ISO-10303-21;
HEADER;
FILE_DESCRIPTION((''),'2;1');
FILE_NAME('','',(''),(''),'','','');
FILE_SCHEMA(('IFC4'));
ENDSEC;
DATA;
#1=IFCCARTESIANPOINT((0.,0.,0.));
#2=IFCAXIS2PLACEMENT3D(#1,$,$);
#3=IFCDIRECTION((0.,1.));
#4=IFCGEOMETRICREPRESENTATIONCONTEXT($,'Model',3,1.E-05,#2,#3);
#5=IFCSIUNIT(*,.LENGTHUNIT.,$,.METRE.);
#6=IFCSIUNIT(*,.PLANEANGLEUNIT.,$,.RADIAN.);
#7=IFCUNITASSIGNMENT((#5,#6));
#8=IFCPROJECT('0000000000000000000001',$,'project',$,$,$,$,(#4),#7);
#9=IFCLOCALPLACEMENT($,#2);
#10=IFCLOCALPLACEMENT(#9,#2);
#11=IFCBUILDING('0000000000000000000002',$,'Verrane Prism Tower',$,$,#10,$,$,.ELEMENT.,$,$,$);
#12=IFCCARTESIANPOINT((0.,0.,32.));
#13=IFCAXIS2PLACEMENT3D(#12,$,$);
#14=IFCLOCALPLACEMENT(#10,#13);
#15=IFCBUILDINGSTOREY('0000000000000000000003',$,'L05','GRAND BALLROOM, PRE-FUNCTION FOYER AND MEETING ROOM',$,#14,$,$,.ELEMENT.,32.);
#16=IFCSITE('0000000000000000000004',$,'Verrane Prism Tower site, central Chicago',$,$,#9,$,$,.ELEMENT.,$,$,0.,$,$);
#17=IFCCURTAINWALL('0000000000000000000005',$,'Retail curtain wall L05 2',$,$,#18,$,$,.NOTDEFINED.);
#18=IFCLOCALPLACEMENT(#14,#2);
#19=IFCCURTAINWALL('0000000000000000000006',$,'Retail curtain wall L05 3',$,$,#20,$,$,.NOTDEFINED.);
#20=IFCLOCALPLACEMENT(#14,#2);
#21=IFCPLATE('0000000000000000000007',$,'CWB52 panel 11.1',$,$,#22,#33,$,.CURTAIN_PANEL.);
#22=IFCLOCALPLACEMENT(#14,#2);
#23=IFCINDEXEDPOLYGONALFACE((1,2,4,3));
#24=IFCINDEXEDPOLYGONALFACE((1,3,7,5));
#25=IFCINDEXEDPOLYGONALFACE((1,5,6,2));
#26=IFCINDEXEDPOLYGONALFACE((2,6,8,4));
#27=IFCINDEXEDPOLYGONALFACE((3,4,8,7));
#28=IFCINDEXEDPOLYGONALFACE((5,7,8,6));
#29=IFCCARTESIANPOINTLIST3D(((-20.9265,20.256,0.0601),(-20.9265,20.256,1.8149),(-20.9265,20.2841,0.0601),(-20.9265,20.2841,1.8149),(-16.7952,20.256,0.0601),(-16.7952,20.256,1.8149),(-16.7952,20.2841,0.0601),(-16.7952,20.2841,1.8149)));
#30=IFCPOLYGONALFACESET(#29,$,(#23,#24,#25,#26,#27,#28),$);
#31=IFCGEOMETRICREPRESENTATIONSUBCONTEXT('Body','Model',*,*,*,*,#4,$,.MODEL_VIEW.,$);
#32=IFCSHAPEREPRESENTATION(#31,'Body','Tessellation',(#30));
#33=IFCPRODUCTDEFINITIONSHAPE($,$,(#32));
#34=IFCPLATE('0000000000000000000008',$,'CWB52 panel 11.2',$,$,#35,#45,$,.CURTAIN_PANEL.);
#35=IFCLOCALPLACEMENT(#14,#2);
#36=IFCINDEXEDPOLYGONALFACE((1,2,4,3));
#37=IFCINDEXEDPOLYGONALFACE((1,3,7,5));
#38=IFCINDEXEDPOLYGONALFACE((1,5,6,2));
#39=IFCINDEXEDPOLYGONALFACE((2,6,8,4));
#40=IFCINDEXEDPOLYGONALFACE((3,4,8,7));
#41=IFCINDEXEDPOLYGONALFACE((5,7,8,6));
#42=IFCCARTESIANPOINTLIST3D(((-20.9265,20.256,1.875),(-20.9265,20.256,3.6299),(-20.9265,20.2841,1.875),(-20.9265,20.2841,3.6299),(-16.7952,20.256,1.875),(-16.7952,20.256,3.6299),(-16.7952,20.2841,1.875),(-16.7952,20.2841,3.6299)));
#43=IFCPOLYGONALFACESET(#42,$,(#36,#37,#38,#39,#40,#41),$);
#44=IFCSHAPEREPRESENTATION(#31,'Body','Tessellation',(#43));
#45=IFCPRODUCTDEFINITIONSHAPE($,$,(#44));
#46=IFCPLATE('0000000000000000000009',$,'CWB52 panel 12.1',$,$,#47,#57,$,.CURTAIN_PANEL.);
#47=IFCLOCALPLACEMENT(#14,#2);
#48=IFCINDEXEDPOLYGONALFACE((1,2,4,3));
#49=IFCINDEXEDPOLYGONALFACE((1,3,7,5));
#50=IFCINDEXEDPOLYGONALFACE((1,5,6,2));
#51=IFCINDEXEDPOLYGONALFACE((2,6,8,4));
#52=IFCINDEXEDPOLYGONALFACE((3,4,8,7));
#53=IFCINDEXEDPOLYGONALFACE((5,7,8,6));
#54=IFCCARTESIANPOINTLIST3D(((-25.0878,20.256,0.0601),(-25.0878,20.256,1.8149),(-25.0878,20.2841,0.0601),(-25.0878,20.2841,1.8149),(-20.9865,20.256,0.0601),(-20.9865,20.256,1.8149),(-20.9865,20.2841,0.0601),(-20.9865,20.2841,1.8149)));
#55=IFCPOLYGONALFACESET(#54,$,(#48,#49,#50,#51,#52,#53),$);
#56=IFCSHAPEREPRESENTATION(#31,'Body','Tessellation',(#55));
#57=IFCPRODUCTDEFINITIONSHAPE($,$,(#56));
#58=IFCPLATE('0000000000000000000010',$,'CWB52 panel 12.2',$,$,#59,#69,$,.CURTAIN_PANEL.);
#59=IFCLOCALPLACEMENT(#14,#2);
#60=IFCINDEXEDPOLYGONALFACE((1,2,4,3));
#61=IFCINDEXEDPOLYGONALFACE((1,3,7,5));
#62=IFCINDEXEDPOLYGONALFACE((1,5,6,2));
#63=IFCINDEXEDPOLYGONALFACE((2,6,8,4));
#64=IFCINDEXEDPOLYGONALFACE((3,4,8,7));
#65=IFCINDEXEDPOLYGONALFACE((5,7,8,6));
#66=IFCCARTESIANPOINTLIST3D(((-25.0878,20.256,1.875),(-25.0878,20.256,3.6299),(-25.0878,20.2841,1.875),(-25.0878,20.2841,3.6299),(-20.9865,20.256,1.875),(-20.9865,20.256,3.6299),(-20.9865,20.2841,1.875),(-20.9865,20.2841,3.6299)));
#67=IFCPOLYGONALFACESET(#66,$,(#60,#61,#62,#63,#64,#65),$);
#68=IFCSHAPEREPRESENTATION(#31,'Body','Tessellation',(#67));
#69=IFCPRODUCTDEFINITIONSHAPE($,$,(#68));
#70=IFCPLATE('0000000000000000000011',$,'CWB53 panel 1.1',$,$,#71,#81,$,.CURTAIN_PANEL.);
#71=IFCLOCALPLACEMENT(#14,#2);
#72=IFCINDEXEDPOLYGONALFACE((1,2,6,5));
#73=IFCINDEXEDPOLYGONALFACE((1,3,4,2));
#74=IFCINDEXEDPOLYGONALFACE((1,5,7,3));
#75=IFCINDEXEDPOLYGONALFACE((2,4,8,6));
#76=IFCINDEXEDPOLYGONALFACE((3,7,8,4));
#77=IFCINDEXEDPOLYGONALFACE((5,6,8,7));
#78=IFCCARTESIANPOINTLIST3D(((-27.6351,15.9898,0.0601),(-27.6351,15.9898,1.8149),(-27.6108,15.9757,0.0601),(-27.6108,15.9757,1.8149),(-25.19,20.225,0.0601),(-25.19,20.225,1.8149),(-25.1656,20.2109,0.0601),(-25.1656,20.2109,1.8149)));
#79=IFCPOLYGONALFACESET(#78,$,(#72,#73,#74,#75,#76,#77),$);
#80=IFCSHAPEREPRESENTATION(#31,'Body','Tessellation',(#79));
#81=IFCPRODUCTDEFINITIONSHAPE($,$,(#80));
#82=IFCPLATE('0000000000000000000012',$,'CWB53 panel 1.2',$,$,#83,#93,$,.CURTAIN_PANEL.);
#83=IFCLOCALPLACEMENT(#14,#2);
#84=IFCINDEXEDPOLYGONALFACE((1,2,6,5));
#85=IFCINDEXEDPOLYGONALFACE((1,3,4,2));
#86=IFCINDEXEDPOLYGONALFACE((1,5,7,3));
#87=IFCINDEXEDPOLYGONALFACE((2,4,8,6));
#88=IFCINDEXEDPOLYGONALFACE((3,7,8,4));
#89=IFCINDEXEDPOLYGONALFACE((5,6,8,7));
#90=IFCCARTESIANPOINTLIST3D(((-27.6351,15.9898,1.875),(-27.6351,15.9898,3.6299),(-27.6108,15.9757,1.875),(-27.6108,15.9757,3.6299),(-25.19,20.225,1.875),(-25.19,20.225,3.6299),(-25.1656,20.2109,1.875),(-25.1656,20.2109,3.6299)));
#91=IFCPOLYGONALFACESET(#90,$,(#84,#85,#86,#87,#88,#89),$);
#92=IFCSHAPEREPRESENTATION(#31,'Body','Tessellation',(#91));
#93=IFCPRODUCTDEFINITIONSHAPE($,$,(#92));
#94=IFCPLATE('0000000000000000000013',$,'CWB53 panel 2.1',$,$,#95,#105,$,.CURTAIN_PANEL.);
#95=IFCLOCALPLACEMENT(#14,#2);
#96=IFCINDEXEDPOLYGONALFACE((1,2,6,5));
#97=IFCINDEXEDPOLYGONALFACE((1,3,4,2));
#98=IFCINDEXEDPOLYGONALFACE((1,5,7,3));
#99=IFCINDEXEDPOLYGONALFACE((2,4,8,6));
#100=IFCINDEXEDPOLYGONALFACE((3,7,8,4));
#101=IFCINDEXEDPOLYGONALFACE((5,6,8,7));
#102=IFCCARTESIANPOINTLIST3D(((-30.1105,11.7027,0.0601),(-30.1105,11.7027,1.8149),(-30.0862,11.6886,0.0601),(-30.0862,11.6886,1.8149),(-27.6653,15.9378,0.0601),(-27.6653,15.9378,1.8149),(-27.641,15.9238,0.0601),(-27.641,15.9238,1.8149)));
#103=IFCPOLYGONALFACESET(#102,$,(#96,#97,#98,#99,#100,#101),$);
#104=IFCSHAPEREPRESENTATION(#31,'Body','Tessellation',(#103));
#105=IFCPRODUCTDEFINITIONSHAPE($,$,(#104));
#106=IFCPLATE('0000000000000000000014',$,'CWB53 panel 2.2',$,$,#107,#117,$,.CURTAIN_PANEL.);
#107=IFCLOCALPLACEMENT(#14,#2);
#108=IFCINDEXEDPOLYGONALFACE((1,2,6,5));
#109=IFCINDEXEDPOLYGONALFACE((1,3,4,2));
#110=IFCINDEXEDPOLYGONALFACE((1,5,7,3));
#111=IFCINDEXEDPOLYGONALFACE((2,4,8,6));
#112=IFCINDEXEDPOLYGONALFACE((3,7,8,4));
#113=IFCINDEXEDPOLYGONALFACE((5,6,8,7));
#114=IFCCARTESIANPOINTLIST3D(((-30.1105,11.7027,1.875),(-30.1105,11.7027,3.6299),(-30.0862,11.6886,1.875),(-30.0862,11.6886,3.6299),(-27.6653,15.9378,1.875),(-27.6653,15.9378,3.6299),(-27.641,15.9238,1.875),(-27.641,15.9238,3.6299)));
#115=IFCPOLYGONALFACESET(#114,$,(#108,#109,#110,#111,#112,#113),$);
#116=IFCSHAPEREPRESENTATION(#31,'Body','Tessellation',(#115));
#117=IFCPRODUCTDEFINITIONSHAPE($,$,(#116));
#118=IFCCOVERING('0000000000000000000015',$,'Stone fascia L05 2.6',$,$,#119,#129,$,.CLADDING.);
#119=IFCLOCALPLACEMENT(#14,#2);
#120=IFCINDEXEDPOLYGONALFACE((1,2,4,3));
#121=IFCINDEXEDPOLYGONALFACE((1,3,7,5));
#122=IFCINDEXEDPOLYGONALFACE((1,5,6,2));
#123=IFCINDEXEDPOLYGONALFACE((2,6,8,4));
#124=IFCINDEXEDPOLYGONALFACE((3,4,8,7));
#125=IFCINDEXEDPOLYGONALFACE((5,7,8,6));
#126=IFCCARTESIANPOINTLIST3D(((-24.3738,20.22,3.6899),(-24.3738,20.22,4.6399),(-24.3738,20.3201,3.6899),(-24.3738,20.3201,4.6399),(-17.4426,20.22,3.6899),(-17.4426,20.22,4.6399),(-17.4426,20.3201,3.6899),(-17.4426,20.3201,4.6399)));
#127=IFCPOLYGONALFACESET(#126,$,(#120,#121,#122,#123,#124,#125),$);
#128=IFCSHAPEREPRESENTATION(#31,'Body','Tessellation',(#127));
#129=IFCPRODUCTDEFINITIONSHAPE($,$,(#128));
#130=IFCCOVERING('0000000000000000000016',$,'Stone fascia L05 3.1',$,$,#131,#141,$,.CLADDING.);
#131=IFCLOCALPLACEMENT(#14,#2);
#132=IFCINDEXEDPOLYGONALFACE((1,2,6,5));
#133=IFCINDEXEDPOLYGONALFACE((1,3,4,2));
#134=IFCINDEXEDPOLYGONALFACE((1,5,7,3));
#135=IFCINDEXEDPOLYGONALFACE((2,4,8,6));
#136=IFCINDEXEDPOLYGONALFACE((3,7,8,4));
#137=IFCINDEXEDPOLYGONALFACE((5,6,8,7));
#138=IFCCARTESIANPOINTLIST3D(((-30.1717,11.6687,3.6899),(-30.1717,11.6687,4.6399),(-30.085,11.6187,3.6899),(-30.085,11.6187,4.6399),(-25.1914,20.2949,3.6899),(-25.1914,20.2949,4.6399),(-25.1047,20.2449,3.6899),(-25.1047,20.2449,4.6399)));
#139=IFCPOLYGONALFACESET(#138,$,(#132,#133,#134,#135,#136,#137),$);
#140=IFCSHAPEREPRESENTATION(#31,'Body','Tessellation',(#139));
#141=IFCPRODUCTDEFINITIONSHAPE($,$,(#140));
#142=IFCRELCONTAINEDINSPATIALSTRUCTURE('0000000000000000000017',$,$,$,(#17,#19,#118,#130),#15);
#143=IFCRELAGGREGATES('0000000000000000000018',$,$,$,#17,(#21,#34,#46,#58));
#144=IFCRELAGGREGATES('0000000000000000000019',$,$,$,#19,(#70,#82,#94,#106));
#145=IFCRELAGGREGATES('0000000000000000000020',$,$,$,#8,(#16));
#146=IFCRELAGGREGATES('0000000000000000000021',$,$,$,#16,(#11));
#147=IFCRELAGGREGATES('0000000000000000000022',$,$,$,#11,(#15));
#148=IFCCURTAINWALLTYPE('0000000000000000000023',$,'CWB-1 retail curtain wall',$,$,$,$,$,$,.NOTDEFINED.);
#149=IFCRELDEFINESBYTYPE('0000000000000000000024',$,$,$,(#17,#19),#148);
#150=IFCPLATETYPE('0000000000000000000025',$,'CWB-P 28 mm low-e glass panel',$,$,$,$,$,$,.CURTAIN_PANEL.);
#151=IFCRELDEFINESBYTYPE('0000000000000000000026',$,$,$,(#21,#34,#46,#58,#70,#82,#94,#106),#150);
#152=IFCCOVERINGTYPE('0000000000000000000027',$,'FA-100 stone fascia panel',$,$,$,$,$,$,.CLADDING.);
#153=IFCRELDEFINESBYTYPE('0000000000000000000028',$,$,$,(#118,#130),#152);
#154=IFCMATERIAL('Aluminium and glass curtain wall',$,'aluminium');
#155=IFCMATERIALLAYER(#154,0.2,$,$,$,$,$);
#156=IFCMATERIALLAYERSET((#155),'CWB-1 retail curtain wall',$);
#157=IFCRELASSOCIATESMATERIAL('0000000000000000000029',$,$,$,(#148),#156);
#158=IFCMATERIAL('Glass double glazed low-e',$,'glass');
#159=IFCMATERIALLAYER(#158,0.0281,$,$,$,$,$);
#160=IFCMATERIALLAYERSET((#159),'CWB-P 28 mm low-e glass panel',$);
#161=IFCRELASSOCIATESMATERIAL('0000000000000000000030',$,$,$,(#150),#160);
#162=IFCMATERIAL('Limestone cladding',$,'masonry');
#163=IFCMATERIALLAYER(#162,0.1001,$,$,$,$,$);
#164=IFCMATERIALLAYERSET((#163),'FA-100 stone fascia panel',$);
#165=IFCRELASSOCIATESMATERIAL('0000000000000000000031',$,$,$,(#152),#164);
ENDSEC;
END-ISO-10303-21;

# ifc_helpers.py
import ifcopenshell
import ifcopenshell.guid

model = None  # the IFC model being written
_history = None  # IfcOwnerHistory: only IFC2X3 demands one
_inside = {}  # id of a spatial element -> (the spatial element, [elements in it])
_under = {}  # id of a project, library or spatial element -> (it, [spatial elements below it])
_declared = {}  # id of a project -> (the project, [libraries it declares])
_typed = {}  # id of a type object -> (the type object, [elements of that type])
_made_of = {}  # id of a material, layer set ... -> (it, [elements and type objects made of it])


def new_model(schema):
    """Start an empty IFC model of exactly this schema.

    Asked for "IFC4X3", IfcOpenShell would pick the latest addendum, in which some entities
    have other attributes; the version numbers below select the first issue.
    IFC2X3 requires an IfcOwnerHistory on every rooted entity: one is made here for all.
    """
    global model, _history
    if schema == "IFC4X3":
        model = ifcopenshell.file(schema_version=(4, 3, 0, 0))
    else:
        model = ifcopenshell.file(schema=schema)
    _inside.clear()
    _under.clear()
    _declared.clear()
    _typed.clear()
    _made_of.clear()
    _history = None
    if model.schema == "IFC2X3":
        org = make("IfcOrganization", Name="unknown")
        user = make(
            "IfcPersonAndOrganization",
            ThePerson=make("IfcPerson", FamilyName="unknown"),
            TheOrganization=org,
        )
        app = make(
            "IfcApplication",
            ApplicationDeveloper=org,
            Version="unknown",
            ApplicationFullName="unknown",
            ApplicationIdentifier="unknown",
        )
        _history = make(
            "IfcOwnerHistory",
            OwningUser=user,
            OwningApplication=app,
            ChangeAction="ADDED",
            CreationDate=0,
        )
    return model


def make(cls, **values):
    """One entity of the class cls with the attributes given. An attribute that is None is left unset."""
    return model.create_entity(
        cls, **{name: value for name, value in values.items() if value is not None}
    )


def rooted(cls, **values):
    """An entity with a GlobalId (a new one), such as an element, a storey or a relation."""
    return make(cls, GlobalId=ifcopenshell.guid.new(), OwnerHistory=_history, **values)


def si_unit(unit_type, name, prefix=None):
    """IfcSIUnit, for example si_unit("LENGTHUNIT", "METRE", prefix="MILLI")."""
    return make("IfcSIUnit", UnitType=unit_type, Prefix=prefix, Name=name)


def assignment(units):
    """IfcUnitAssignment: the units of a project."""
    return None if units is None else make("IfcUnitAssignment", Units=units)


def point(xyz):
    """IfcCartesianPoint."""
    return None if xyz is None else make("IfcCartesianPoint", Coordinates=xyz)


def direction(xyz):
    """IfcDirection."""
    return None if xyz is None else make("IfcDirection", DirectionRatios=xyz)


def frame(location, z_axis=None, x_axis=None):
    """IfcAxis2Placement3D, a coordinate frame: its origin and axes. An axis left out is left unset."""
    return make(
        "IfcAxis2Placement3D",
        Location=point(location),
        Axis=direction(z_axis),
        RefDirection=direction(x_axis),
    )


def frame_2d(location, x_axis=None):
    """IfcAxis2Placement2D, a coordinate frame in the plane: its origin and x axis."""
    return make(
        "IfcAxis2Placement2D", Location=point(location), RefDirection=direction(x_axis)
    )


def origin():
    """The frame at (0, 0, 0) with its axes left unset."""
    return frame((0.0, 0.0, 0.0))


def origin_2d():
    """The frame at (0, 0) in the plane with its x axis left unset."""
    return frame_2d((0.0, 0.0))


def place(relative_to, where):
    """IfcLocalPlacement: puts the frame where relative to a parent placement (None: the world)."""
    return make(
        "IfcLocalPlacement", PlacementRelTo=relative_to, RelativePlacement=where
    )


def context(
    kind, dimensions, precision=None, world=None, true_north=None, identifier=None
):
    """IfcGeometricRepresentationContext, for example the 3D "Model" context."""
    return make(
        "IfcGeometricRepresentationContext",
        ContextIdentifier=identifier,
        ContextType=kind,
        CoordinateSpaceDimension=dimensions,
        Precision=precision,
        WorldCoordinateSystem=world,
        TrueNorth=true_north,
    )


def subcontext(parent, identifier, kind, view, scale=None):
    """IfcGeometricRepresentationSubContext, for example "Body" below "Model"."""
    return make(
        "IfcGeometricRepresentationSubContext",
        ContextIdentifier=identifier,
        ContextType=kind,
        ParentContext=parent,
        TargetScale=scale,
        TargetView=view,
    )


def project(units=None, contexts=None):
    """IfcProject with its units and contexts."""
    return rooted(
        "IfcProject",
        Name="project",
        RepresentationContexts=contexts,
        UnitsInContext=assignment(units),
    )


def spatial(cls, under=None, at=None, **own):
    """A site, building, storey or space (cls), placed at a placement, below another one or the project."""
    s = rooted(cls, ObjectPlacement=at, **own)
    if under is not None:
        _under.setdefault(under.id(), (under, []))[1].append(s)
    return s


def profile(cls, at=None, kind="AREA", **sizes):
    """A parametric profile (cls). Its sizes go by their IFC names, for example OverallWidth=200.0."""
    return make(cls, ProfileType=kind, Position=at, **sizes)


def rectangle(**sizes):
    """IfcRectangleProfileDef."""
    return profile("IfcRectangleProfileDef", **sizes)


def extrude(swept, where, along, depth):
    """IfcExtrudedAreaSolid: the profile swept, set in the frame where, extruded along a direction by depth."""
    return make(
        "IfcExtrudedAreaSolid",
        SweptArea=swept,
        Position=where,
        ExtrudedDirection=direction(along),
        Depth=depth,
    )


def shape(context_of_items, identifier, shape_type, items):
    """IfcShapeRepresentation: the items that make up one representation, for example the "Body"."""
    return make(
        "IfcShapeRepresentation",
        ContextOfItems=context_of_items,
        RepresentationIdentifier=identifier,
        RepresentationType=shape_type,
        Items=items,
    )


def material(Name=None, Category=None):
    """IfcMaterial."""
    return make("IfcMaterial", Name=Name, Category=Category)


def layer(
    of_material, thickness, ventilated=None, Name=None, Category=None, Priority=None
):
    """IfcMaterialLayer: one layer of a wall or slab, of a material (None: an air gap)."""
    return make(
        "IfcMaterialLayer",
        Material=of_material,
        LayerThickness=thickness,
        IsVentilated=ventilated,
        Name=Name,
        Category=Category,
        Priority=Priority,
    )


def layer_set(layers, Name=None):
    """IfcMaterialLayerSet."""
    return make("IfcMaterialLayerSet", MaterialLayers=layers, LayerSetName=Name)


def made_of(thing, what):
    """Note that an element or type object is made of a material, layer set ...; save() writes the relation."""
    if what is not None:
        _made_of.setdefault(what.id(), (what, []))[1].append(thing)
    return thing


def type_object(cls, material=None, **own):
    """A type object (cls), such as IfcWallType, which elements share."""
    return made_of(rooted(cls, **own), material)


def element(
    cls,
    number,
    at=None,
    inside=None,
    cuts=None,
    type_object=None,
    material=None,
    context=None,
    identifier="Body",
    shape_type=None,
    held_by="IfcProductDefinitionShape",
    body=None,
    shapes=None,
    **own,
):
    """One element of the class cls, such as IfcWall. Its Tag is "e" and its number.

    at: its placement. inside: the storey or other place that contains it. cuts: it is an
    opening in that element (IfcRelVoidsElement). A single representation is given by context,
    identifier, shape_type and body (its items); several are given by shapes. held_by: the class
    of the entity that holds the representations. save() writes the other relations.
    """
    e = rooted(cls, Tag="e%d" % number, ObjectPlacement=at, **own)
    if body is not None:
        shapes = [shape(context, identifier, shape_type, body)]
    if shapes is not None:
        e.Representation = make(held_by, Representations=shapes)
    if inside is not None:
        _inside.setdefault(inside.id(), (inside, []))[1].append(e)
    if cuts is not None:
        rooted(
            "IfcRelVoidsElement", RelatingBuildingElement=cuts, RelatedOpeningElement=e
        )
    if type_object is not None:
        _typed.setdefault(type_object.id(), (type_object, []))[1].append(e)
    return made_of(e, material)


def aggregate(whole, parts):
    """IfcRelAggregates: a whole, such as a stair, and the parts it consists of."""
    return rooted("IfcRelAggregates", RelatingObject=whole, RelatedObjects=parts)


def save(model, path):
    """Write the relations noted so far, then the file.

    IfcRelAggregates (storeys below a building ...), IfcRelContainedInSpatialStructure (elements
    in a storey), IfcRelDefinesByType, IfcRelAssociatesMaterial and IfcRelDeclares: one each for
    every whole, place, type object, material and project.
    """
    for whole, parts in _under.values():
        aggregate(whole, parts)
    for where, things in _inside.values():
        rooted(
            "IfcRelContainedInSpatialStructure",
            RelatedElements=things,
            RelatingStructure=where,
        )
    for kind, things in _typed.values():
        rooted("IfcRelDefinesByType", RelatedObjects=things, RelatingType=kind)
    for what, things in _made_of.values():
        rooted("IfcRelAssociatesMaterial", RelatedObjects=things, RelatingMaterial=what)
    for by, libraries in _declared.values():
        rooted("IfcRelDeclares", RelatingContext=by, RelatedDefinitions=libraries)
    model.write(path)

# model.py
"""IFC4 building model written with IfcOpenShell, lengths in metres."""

from ifc_helpers import new_model, si_unit, direction, frame, origin, origin_2d, place, context, subcontext, project, spatial, rectangle, extrude, material, layer, layer_set, type_object, element, aggregate, save


model = new_model("IFC4")

# Units and contexts
model_context = context("Model", 3, precision=1e-05, world=origin(), true_north=direction((0.0, 1.0)))
body_context = subcontext(model_context, "Body", "Model", "MODEL_VIEW")
ifc_project = project(units=[si_unit("LENGTHUNIT", "METRE"), si_unit("PLANEANGLEUNIT", "RADIAN")], contexts=[model_context])

# Site, building, storey
site_placement = place(None, origin())
site = spatial("IfcSite", under=ifc_project, at=site_placement, Name="Verrane Prism Tower site, central Chicago", CompositionType="ELEMENT", RefElevation=0.0)
building_placement = place(site_placement, origin())
building = spatial("IfcBuilding", under=site, at=building_placement, Name="Verrane Prism Tower", CompositionType="ELEMENT")
storey_placement = place(building_placement, frame((0.0, 0.0, 32.0)))
storey = spatial("IfcBuildingStorey", under=building, at=storey_placement, Name="L05", Description="GRAND BALLROOM, PRE-FUNCTION FOYER AND MEETING ROOM", CompositionType="ELEMENT", Elevation=32.0)

# Curtain walls
ifc_material_1 = material(Name="Aluminium and glass curtain wall", Category="aluminium")
ifc_layer_1 = layer(ifc_material_1, 0.2)
ifc_layer_set_1 = layer_set([ifc_layer_1], Name="CWB-1 retail curtain wall")
curtain_wall_type = type_object("IfcCurtainWallType", Name="CWB-1 retail curtain wall", PredefinedType="NOTDEFINED", material=ifc_layer_set_1)
curtain_wall_1_placement = place(storey_placement, origin())
curtain_wall_1 = element("IfcCurtainWall", 1, at=curtain_wall_1_placement, inside=storey, type_object=curtain_wall_type, Name="Retail curtain wall L05 2", PredefinedType="NOTDEFINED")
curtain_wall_2_placement = place(storey_placement, origin())
curtain_wall_2 = element("IfcCurtainWall", 2, at=curtain_wall_2_placement, inside=storey, type_object=curtain_wall_type, Name="Retail curtain wall L05 3", PredefinedType="NOTDEFINED")

# Plates
ifc_material_2 = material(Name="Glass double glazed low-e", Category="glass")
ifc_layer_2 = layer(ifc_material_2, 0.0281)
ifc_layer_set_2 = layer_set([ifc_layer_2], Name="CWB-P 28 mm low-e glass panel")
plate_type = type_object("IfcPlateType", Name="CWB-P 28 mm low-e glass panel", PredefinedType="CURTAIN_PANEL", material=ifc_layer_set_2)
plate_1_placement = place(storey_placement, frame((-18.8608, 20.27, 0.0601), z_axis=(0.0, 0.0, 1.0), x_axis=(-1.0, 0.0, 0.0)))
plate_1 = element("IfcPlate", 3, at=plate_1_placement, type_object=plate_type, Name="CWB52 panel 11.1", PredefinedType="CURTAIN_PANEL", context=body_context, shape_type="SweptSolid", body=[
    extrude(rectangle(XDim=4.1313, YDim=0.0281, at=origin_2d()), origin(), (0.0, 0.0, 1.0), 1.7549),
])
plate_2_placement = place(storey_placement, frame((-18.8608, 20.27, 1.875), z_axis=(0.0, 0.0, 1.0), x_axis=(-1.0, 0.0, 0.0)))
plate_2 = element("IfcPlate", 4, at=plate_2_placement, type_object=plate_type, Name="CWB52 panel 11.2", PredefinedType="CURTAIN_PANEL", context=body_context, shape_type="SweptSolid", body=[
    extrude(rectangle(XDim=4.1313, YDim=0.0281, at=origin_2d()), origin(), (0.0, 0.0, 1.0), 1.7549),
])
plate_3_placement = place(storey_placement, frame((-23.0371, 20.27, 0.0601), z_axis=(0.0, 0.0, 1.0), x_axis=(-1.0, 0.0, 0.0)))
plate_3 = element("IfcPlate", 5, at=plate_3_placement, type_object=plate_type, Name="CWB52 panel 12.1", PredefinedType="CURTAIN_PANEL", context=body_context, shape_type="SweptSolid", body=[
    extrude(rectangle(XDim=4.1013, YDim=0.0281, at=origin_2d()), origin(), (0.0, 0.0, 1.0), 1.7549),
])
plate_4_placement = place(storey_placement, frame((-23.0371, 20.27, 1.875), z_axis=(0.0, 0.0, 1.0), x_axis=(-1.0, 0.0, 0.0)))
plate_4 = element("IfcPlate", 6, at=plate_4_placement, type_object=plate_type, Name="CWB52 panel 12.2", PredefinedType="CURTAIN_PANEL", context=body_context, shape_type="SweptSolid", body=[
    extrude(rectangle(XDim=4.1013, YDim=0.0281, at=origin_2d()), origin(), (0.0, 0.0, 1.0), 1.7549),
])
aggregate(curtain_wall_1, [plate_1, plate_2, plate_3, plate_4])
plate_5_placement = place(storey_placement, frame((-26.4004, 18.1003, 0.0601), z_axis=(0.0, 0.0, 1.0), x_axis=(-0.499999, -0.866026, 0.0)))
plate_5 = element("IfcPlate", 7, at=plate_5_placement, type_object=plate_type, Name="CWB53 panel 1.1", PredefinedType="CURTAIN_PANEL", context=body_context, shape_type="SweptSolid", body=[
    extrude(rectangle(XDim=4.8904, YDim=0.0281, at=origin_2d()), origin(), (0.0, 0.0, 1.0), 1.7549),
])
plate_6_placement = place(storey_placement, frame((-26.4004, 18.1003, 1.875), z_axis=(0.0, 0.0, 1.0), x_axis=(-0.499999, -0.866026, 0.0)))
plate_6 = element("IfcPlate", 8, at=plate_6_placement, type_object=plate_type, Name="CWB53 panel 1.2", PredefinedType="CURTAIN_PANEL", context=body_context, shape_type="SweptSolid", body=[
    extrude(rectangle(XDim=4.8904, YDim=0.0281, at=origin_2d()), origin(), (0.0, 0.0, 1.0), 1.7549),
])
plate_7_placement = place(storey_placement, frame((-28.8757, 13.8132, 0.0601), z_axis=(0.0, 0.0, 1.0), x_axis=(-0.499999, -0.866026, 0.0)))
plate_7 = element("IfcPlate", 9, at=plate_7_placement, type_object=plate_type, Name="CWB53 panel 2.1", PredefinedType="CURTAIN_PANEL", context=body_context, shape_type="SweptSolid", body=[
    extrude(rectangle(XDim=4.8904, YDim=0.0281, at=origin_2d()), origin(), (0.0, 0.0, 1.0), 1.7549),
])
plate_8_placement = place(storey_placement, frame((-28.8757, 13.8132, 1.875), z_axis=(0.0, 0.0, 1.0), x_axis=(-0.499999, -0.866026, 0.0)))
plate_8 = element("IfcPlate", 10, at=plate_8_placement, type_object=plate_type, Name="CWB53 panel 2.2", PredefinedType="CURTAIN_PANEL", context=body_context, shape_type="SweptSolid", body=[
    extrude(rectangle(XDim=4.8904, YDim=0.0281, at=origin_2d()), origin(), (0.0, 0.0, 1.0), 1.7549),
])
aggregate(curtain_wall_2, [plate_5, plate_6, plate_7, plate_8])

# Coverings
ifc_material_3 = material(Name="Limestone cladding", Category="masonry")
ifc_layer_3 = layer(ifc_material_3, 0.1001)
ifc_layer_set_3 = layer_set([ifc_layer_3], Name="FA-100 stone fascia panel")
covering_type = type_object("IfcCoveringType", Name="FA-100 stone fascia panel", PredefinedType="CLADDING", material=ifc_layer_set_3)
covering_1_placement = place(storey_placement, frame((-20.9082, 20.27, 3.6899), z_axis=(0.0, 0.0, 1.0), x_axis=(-1.0, 0.0, 0.0)))
element("IfcCovering", 11, at=covering_1_placement, inside=storey, type_object=covering_type, Name="Stone fascia L05 2.6", PredefinedType="CLADDING", context=body_context, shape_type="SweptSolid", body=[
    extrude(rectangle(XDim=6.9312, YDim=0.1001, at=origin_2d()), origin(), (0.0, 0.0, 1.0), 0.95),
])
covering_2_placement = place(storey_placement, frame((-27.6382, 15.9568, 3.6899), z_axis=(0.0, 0.0, 1.0), x_axis=(-0.499999, -0.866026, 0.0)))
element("IfcCovering", 12, at=covering_2_placement, inside=storey, type_object=covering_type, Name="Stone fascia L05 3.1", PredefinedType="CLADDING", context=body_context, shape_type="SweptSolid", body=[
    extrude(rectangle(XDim=9.9607, YDim=0.1001, at=origin_2d()), origin(), (0.0, 0.0, 1.0), 0.95),
])

save(model, "model.ifc")
